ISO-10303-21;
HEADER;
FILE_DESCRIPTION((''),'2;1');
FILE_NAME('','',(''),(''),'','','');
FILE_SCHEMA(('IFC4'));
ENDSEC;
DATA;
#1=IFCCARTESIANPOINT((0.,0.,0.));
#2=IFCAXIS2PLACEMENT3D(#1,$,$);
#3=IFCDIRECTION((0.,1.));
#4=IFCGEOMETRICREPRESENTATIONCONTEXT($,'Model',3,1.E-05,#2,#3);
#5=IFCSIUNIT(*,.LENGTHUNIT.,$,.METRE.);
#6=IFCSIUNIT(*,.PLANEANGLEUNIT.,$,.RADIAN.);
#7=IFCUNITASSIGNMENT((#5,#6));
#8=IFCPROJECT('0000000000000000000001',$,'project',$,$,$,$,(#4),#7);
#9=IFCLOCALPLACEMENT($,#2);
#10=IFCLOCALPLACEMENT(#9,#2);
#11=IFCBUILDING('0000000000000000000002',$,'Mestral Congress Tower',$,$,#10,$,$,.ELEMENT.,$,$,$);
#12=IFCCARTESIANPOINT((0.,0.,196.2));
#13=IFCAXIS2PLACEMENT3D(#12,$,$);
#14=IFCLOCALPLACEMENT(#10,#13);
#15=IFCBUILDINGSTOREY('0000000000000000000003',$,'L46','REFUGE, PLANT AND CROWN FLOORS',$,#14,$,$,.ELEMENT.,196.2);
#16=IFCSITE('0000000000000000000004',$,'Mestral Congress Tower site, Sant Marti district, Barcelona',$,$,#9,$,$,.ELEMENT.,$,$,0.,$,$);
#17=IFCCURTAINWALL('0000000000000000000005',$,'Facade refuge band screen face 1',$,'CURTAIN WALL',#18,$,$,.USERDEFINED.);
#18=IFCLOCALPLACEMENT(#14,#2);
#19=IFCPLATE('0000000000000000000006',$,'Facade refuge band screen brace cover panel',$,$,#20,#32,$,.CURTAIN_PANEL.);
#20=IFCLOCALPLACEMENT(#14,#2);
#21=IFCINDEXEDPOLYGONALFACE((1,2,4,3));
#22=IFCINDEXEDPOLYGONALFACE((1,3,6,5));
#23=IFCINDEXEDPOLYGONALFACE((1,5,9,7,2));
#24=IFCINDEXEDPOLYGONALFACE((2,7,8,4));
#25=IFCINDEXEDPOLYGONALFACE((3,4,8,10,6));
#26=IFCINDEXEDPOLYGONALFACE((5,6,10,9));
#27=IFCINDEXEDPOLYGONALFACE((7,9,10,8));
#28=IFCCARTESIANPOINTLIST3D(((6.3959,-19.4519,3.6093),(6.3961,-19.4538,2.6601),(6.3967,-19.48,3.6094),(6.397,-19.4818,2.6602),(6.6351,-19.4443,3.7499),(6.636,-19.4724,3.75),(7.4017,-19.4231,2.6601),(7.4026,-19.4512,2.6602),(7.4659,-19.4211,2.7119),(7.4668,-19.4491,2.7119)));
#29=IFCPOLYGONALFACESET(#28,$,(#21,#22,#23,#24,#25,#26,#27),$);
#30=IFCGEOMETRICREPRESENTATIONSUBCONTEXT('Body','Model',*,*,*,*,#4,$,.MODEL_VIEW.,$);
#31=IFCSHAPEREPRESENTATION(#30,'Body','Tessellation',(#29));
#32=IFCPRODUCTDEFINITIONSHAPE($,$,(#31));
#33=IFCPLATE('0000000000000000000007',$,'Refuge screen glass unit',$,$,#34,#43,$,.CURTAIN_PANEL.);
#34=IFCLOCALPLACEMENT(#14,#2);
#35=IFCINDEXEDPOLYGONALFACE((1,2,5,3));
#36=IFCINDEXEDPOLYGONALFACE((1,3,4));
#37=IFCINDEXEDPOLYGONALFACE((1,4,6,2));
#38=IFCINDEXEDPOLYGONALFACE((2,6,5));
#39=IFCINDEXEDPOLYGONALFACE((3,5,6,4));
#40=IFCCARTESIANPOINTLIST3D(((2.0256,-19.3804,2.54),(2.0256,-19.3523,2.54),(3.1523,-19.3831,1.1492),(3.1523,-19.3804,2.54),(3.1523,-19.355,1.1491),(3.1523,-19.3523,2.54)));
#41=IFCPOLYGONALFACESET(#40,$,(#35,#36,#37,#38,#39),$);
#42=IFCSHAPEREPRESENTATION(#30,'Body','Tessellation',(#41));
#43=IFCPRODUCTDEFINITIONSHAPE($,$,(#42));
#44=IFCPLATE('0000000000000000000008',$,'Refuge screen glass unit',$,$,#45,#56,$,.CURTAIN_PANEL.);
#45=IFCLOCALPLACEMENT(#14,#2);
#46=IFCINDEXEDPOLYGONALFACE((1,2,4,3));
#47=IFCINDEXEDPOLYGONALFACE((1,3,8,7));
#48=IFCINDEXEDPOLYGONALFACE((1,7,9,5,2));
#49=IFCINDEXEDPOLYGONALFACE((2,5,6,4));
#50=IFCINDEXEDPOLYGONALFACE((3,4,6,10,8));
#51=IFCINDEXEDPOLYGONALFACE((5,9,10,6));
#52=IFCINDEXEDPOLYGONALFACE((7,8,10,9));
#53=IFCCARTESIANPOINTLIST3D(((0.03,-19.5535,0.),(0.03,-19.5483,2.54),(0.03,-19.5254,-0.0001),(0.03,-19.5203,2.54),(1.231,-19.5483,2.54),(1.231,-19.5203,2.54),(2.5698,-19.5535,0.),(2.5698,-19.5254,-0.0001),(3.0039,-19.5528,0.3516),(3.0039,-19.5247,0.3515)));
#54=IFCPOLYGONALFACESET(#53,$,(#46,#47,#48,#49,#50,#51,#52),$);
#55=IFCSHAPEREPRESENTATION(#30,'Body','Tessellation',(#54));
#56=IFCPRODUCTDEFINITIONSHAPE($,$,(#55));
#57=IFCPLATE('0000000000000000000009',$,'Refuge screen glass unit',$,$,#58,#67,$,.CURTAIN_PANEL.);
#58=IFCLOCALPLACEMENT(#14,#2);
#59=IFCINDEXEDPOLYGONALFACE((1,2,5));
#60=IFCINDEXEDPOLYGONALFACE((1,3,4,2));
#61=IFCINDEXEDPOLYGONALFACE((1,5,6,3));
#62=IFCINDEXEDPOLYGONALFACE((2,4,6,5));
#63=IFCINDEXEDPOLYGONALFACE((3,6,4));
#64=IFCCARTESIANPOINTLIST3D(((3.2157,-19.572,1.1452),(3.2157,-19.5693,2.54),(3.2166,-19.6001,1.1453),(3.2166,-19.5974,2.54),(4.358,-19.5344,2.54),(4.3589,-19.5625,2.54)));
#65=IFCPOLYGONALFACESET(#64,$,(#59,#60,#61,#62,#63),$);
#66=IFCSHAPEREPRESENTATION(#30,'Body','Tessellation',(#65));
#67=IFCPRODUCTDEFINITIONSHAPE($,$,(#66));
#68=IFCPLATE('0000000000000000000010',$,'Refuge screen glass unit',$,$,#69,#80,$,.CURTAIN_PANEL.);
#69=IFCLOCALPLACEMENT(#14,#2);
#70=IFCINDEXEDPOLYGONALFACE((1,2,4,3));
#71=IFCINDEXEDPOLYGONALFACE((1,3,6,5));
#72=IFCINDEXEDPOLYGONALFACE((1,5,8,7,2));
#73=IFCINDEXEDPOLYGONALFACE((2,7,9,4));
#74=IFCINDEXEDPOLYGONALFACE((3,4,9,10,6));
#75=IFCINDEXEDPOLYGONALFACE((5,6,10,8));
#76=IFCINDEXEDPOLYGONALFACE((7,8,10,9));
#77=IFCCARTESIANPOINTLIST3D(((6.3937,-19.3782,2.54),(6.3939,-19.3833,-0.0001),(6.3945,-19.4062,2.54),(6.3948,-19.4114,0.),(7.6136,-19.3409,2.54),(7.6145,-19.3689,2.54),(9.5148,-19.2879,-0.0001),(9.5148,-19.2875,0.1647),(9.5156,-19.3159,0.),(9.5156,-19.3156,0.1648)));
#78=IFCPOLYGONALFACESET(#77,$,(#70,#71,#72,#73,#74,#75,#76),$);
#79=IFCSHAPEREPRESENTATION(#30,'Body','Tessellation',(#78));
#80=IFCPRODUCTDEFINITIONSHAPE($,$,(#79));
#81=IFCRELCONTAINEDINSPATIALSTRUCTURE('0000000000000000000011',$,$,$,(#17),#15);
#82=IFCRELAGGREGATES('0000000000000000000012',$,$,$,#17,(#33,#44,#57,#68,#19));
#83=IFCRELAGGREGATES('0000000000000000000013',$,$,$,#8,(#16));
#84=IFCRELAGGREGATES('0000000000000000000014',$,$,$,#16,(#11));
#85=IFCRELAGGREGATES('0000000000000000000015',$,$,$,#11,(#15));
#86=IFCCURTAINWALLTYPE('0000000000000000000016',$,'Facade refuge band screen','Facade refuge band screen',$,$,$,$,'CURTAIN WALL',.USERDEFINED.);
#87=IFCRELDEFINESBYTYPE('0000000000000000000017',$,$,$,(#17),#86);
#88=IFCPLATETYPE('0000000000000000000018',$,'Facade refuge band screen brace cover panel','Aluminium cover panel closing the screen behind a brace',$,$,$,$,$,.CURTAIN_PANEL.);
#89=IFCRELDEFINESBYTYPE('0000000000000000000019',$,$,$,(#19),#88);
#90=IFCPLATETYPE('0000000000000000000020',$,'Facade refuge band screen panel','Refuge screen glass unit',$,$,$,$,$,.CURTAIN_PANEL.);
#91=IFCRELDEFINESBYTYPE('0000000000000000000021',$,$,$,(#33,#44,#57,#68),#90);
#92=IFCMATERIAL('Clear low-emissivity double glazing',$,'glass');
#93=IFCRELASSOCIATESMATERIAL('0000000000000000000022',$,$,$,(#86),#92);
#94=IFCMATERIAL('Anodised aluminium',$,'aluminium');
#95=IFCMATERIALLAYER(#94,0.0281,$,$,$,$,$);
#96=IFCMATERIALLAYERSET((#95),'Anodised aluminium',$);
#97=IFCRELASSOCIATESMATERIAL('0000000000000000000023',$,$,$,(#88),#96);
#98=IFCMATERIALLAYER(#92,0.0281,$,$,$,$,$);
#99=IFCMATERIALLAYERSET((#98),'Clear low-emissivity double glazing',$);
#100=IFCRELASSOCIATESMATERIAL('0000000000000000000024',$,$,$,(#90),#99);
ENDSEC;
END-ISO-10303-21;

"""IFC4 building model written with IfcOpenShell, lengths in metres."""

from ifc_helpers import new_model, si_unit, direction, frame, origin, place, context, subcontext, project, spatial, polyline, outline, extrude, material, layer, layer_set, type_object, element, aggregate, save


model = new_model("IFC4")

# Units and contexts
model_context = context("Model", 3, precision=1e-05, world=origin(), true_north=direction((0.0, 1.0)))
body_context = subcontext(model_context, "Body", "Model", "MODEL_VIEW")
ifc_project = project(units=[si_unit("LENGTHUNIT", "METRE"), si_unit("PLANEANGLEUNIT", "RADIAN")], contexts=[model_context])

# Site, building, storey
site_placement = place(None, origin())
site = spatial("IfcSite", under=ifc_project, at=site_placement, Name="Mestral Congress Tower site, Sant Marti district, Barcelona", CompositionType="ELEMENT", RefElevation=0.0)
building_placement = place(site_placement, origin())
building = spatial("IfcBuilding", under=site, at=building_placement, Name="Mestral Congress Tower", CompositionType="ELEMENT")
storey_placement = place(building_placement, frame((0.0, 0.0, 196.2)))
storey = spatial("IfcBuildingStorey", under=building, at=storey_placement, Name="L46", Description="REFUGE, PLANT AND CROWN FLOORS", CompositionType="ELEMENT", Elevation=196.2)

# Curtain wall
ifc_material_1 = material(Name="Clear low-emissivity double glazing", Category="glass")
curtain_wall_type = type_object("IfcCurtainWallType", Name="Facade refuge band screen", Description="Facade refuge band screen", ElementType="CURTAIN WALL", PredefinedType="USERDEFINED", material=ifc_material_1)
curtain_wall_placement = place(storey_placement, origin())
curtain_wall = element("IfcCurtainWall", 1, at=curtain_wall_placement, inside=storey, type_object=curtain_wall_type, Name="Facade refuge band screen face 1", ObjectType="CURTAIN WALL", PredefinedType="USERDEFINED")
ifc_material_2 = material(Name="Anodised aluminium", Category="aluminium")

# Plates
ifc_layer_1 = layer(ifc_material_2, 0.0281)
ifc_layer_set_1 = layer_set([ifc_layer_1], Name="Anodised aluminium")
plate_type_1 = type_object("IfcPlateType", Name="Facade refuge band screen brace cover panel", Description="Aluminium cover panel closing the screen behind a brace", PredefinedType="CURTAIN_PANEL", material=ifc_layer_set_1)
plate_1_placement = place(storey_placement, frame((6.636, -19.4724, 3.75), z_axis=(0.03046, -0.999534, 0.001971), x_axis=(0.624755, 0.0175, -0.780625)))
plate_1 = element("IfcPlate", 2, at=plate_1_placement, type_object=plate_type_1, Name="Facade refuge band screen brace cover panel", PredefinedType="CURTAIN_PANEL", context=body_context, shape_type="SweptSolid", body=[
    extrude(outline(polyline([(0.0, 0.0), (1.3298, 0.0), (1.3301, -0.0825), (0.7013, -0.8679), (-0.0398, -0.2748), (0.0, 0.0)])), origin(), (0.0, 0.0, -1.0), 0.0281),
])
ifc_layer_2 = layer(ifc_material_1, 0.0281)
ifc_layer_set_2 = layer_set([ifc_layer_2], Name="Clear low-emissivity double glazing")
plate_type_2 = type_object("IfcPlateType", Name="Facade refuge band screen panel", Description="Refuge screen glass unit", PredefinedType="CURTAIN_PANEL", material=ifc_layer_set_2)
plate_2_placement = place(storey_placement, frame((3.1523, -19.3804, 2.54), z_axis=(0.0, -0.999998, 0.001931), x_axis=(0.0, -0.001931, -0.999998)))
plate_2 = element("IfcPlate", 3, at=plate_2_placement, type_object=plate_type_2, Name="Refuge screen glass unit", PredefinedType="CURTAIN_PANEL", context=body_context, shape_type="SweptSolid", body=[
    extrude(outline(polyline([(0.0, 0.0), (1.3909, 0.0), (0.0, -1.1267), (0.0, 0.0)])), origin(), (0.0, 0.0, -1.0), 0.0281),
])
plate_3_placement = place(storey_placement, frame((2.5698, -19.5535, 0.0), z_axis=(0.000005, -0.999998, 0.002021), x_axis=(-1.0, -0.000005, 0.0)))
plate_3 = element("IfcPlate", 4, at=plate_3_placement, type_object=plate_type_2, Name="Refuge screen glass unit", PredefinedType="CURTAIN_PANEL", context=body_context, shape_type="SweptSolid", body=[
    extrude(outline(polyline([(0.0, 0.0), (2.5398, 0.0), (2.5398, -2.54), (1.3389, -2.54), (-0.4341, -0.3516), (0.0, 0.0)])), origin(), (0.0, 0.0, -1.0), 0.0281),
])
plate_4_placement = place(storey_placement, frame((3.2166, -19.5974, 2.54), z_axis=(0.030548, -0.999531, 0.001925), x_axis=(0.999533, 0.030548, 0.0)))
plate_4 = element("IfcPlate", 5, at=plate_4_placement, type_object=plate_type_2, Name="Refuge screen glass unit", PredefinedType="CURTAIN_PANEL", context=body_context, shape_type="SweptSolid", body=[
    extrude(outline(polyline([(0.0, 0.0), (1.1429, 0.0), (-0.0001, -1.3948), (0.0, 0.0)])), origin(), (0.0, 0.0, -1.0), 0.0281),
])
plate_5_placement = place(storey_placement, frame((6.3945, -19.4062, 2.54), z_axis=(0.030561, -0.999531, 0.002016), x_axis=(0.999533, 0.030561, 0.0)))
plate_5 = element("IfcPlate", 6, at=plate_5_placement, type_object=plate_type_2, Name="Refuge screen glass unit", PredefinedType="CURTAIN_PANEL", context=body_context, shape_type="SweptSolid", body=[
    extrude(outline(polyline([(0.0, 0.0), (1.2205, 0.0), (3.1224, -2.3752), (3.1224, -2.54), (0.0001, -2.54), (0.0, 0.0)])), origin(), (0.0, 0.0, -1.0), 0.0281),
])

aggregate(curtain_wall, [plate_2, plate_3, plate_4, plate_5, plate_1])

save(model, "model.ifc")
